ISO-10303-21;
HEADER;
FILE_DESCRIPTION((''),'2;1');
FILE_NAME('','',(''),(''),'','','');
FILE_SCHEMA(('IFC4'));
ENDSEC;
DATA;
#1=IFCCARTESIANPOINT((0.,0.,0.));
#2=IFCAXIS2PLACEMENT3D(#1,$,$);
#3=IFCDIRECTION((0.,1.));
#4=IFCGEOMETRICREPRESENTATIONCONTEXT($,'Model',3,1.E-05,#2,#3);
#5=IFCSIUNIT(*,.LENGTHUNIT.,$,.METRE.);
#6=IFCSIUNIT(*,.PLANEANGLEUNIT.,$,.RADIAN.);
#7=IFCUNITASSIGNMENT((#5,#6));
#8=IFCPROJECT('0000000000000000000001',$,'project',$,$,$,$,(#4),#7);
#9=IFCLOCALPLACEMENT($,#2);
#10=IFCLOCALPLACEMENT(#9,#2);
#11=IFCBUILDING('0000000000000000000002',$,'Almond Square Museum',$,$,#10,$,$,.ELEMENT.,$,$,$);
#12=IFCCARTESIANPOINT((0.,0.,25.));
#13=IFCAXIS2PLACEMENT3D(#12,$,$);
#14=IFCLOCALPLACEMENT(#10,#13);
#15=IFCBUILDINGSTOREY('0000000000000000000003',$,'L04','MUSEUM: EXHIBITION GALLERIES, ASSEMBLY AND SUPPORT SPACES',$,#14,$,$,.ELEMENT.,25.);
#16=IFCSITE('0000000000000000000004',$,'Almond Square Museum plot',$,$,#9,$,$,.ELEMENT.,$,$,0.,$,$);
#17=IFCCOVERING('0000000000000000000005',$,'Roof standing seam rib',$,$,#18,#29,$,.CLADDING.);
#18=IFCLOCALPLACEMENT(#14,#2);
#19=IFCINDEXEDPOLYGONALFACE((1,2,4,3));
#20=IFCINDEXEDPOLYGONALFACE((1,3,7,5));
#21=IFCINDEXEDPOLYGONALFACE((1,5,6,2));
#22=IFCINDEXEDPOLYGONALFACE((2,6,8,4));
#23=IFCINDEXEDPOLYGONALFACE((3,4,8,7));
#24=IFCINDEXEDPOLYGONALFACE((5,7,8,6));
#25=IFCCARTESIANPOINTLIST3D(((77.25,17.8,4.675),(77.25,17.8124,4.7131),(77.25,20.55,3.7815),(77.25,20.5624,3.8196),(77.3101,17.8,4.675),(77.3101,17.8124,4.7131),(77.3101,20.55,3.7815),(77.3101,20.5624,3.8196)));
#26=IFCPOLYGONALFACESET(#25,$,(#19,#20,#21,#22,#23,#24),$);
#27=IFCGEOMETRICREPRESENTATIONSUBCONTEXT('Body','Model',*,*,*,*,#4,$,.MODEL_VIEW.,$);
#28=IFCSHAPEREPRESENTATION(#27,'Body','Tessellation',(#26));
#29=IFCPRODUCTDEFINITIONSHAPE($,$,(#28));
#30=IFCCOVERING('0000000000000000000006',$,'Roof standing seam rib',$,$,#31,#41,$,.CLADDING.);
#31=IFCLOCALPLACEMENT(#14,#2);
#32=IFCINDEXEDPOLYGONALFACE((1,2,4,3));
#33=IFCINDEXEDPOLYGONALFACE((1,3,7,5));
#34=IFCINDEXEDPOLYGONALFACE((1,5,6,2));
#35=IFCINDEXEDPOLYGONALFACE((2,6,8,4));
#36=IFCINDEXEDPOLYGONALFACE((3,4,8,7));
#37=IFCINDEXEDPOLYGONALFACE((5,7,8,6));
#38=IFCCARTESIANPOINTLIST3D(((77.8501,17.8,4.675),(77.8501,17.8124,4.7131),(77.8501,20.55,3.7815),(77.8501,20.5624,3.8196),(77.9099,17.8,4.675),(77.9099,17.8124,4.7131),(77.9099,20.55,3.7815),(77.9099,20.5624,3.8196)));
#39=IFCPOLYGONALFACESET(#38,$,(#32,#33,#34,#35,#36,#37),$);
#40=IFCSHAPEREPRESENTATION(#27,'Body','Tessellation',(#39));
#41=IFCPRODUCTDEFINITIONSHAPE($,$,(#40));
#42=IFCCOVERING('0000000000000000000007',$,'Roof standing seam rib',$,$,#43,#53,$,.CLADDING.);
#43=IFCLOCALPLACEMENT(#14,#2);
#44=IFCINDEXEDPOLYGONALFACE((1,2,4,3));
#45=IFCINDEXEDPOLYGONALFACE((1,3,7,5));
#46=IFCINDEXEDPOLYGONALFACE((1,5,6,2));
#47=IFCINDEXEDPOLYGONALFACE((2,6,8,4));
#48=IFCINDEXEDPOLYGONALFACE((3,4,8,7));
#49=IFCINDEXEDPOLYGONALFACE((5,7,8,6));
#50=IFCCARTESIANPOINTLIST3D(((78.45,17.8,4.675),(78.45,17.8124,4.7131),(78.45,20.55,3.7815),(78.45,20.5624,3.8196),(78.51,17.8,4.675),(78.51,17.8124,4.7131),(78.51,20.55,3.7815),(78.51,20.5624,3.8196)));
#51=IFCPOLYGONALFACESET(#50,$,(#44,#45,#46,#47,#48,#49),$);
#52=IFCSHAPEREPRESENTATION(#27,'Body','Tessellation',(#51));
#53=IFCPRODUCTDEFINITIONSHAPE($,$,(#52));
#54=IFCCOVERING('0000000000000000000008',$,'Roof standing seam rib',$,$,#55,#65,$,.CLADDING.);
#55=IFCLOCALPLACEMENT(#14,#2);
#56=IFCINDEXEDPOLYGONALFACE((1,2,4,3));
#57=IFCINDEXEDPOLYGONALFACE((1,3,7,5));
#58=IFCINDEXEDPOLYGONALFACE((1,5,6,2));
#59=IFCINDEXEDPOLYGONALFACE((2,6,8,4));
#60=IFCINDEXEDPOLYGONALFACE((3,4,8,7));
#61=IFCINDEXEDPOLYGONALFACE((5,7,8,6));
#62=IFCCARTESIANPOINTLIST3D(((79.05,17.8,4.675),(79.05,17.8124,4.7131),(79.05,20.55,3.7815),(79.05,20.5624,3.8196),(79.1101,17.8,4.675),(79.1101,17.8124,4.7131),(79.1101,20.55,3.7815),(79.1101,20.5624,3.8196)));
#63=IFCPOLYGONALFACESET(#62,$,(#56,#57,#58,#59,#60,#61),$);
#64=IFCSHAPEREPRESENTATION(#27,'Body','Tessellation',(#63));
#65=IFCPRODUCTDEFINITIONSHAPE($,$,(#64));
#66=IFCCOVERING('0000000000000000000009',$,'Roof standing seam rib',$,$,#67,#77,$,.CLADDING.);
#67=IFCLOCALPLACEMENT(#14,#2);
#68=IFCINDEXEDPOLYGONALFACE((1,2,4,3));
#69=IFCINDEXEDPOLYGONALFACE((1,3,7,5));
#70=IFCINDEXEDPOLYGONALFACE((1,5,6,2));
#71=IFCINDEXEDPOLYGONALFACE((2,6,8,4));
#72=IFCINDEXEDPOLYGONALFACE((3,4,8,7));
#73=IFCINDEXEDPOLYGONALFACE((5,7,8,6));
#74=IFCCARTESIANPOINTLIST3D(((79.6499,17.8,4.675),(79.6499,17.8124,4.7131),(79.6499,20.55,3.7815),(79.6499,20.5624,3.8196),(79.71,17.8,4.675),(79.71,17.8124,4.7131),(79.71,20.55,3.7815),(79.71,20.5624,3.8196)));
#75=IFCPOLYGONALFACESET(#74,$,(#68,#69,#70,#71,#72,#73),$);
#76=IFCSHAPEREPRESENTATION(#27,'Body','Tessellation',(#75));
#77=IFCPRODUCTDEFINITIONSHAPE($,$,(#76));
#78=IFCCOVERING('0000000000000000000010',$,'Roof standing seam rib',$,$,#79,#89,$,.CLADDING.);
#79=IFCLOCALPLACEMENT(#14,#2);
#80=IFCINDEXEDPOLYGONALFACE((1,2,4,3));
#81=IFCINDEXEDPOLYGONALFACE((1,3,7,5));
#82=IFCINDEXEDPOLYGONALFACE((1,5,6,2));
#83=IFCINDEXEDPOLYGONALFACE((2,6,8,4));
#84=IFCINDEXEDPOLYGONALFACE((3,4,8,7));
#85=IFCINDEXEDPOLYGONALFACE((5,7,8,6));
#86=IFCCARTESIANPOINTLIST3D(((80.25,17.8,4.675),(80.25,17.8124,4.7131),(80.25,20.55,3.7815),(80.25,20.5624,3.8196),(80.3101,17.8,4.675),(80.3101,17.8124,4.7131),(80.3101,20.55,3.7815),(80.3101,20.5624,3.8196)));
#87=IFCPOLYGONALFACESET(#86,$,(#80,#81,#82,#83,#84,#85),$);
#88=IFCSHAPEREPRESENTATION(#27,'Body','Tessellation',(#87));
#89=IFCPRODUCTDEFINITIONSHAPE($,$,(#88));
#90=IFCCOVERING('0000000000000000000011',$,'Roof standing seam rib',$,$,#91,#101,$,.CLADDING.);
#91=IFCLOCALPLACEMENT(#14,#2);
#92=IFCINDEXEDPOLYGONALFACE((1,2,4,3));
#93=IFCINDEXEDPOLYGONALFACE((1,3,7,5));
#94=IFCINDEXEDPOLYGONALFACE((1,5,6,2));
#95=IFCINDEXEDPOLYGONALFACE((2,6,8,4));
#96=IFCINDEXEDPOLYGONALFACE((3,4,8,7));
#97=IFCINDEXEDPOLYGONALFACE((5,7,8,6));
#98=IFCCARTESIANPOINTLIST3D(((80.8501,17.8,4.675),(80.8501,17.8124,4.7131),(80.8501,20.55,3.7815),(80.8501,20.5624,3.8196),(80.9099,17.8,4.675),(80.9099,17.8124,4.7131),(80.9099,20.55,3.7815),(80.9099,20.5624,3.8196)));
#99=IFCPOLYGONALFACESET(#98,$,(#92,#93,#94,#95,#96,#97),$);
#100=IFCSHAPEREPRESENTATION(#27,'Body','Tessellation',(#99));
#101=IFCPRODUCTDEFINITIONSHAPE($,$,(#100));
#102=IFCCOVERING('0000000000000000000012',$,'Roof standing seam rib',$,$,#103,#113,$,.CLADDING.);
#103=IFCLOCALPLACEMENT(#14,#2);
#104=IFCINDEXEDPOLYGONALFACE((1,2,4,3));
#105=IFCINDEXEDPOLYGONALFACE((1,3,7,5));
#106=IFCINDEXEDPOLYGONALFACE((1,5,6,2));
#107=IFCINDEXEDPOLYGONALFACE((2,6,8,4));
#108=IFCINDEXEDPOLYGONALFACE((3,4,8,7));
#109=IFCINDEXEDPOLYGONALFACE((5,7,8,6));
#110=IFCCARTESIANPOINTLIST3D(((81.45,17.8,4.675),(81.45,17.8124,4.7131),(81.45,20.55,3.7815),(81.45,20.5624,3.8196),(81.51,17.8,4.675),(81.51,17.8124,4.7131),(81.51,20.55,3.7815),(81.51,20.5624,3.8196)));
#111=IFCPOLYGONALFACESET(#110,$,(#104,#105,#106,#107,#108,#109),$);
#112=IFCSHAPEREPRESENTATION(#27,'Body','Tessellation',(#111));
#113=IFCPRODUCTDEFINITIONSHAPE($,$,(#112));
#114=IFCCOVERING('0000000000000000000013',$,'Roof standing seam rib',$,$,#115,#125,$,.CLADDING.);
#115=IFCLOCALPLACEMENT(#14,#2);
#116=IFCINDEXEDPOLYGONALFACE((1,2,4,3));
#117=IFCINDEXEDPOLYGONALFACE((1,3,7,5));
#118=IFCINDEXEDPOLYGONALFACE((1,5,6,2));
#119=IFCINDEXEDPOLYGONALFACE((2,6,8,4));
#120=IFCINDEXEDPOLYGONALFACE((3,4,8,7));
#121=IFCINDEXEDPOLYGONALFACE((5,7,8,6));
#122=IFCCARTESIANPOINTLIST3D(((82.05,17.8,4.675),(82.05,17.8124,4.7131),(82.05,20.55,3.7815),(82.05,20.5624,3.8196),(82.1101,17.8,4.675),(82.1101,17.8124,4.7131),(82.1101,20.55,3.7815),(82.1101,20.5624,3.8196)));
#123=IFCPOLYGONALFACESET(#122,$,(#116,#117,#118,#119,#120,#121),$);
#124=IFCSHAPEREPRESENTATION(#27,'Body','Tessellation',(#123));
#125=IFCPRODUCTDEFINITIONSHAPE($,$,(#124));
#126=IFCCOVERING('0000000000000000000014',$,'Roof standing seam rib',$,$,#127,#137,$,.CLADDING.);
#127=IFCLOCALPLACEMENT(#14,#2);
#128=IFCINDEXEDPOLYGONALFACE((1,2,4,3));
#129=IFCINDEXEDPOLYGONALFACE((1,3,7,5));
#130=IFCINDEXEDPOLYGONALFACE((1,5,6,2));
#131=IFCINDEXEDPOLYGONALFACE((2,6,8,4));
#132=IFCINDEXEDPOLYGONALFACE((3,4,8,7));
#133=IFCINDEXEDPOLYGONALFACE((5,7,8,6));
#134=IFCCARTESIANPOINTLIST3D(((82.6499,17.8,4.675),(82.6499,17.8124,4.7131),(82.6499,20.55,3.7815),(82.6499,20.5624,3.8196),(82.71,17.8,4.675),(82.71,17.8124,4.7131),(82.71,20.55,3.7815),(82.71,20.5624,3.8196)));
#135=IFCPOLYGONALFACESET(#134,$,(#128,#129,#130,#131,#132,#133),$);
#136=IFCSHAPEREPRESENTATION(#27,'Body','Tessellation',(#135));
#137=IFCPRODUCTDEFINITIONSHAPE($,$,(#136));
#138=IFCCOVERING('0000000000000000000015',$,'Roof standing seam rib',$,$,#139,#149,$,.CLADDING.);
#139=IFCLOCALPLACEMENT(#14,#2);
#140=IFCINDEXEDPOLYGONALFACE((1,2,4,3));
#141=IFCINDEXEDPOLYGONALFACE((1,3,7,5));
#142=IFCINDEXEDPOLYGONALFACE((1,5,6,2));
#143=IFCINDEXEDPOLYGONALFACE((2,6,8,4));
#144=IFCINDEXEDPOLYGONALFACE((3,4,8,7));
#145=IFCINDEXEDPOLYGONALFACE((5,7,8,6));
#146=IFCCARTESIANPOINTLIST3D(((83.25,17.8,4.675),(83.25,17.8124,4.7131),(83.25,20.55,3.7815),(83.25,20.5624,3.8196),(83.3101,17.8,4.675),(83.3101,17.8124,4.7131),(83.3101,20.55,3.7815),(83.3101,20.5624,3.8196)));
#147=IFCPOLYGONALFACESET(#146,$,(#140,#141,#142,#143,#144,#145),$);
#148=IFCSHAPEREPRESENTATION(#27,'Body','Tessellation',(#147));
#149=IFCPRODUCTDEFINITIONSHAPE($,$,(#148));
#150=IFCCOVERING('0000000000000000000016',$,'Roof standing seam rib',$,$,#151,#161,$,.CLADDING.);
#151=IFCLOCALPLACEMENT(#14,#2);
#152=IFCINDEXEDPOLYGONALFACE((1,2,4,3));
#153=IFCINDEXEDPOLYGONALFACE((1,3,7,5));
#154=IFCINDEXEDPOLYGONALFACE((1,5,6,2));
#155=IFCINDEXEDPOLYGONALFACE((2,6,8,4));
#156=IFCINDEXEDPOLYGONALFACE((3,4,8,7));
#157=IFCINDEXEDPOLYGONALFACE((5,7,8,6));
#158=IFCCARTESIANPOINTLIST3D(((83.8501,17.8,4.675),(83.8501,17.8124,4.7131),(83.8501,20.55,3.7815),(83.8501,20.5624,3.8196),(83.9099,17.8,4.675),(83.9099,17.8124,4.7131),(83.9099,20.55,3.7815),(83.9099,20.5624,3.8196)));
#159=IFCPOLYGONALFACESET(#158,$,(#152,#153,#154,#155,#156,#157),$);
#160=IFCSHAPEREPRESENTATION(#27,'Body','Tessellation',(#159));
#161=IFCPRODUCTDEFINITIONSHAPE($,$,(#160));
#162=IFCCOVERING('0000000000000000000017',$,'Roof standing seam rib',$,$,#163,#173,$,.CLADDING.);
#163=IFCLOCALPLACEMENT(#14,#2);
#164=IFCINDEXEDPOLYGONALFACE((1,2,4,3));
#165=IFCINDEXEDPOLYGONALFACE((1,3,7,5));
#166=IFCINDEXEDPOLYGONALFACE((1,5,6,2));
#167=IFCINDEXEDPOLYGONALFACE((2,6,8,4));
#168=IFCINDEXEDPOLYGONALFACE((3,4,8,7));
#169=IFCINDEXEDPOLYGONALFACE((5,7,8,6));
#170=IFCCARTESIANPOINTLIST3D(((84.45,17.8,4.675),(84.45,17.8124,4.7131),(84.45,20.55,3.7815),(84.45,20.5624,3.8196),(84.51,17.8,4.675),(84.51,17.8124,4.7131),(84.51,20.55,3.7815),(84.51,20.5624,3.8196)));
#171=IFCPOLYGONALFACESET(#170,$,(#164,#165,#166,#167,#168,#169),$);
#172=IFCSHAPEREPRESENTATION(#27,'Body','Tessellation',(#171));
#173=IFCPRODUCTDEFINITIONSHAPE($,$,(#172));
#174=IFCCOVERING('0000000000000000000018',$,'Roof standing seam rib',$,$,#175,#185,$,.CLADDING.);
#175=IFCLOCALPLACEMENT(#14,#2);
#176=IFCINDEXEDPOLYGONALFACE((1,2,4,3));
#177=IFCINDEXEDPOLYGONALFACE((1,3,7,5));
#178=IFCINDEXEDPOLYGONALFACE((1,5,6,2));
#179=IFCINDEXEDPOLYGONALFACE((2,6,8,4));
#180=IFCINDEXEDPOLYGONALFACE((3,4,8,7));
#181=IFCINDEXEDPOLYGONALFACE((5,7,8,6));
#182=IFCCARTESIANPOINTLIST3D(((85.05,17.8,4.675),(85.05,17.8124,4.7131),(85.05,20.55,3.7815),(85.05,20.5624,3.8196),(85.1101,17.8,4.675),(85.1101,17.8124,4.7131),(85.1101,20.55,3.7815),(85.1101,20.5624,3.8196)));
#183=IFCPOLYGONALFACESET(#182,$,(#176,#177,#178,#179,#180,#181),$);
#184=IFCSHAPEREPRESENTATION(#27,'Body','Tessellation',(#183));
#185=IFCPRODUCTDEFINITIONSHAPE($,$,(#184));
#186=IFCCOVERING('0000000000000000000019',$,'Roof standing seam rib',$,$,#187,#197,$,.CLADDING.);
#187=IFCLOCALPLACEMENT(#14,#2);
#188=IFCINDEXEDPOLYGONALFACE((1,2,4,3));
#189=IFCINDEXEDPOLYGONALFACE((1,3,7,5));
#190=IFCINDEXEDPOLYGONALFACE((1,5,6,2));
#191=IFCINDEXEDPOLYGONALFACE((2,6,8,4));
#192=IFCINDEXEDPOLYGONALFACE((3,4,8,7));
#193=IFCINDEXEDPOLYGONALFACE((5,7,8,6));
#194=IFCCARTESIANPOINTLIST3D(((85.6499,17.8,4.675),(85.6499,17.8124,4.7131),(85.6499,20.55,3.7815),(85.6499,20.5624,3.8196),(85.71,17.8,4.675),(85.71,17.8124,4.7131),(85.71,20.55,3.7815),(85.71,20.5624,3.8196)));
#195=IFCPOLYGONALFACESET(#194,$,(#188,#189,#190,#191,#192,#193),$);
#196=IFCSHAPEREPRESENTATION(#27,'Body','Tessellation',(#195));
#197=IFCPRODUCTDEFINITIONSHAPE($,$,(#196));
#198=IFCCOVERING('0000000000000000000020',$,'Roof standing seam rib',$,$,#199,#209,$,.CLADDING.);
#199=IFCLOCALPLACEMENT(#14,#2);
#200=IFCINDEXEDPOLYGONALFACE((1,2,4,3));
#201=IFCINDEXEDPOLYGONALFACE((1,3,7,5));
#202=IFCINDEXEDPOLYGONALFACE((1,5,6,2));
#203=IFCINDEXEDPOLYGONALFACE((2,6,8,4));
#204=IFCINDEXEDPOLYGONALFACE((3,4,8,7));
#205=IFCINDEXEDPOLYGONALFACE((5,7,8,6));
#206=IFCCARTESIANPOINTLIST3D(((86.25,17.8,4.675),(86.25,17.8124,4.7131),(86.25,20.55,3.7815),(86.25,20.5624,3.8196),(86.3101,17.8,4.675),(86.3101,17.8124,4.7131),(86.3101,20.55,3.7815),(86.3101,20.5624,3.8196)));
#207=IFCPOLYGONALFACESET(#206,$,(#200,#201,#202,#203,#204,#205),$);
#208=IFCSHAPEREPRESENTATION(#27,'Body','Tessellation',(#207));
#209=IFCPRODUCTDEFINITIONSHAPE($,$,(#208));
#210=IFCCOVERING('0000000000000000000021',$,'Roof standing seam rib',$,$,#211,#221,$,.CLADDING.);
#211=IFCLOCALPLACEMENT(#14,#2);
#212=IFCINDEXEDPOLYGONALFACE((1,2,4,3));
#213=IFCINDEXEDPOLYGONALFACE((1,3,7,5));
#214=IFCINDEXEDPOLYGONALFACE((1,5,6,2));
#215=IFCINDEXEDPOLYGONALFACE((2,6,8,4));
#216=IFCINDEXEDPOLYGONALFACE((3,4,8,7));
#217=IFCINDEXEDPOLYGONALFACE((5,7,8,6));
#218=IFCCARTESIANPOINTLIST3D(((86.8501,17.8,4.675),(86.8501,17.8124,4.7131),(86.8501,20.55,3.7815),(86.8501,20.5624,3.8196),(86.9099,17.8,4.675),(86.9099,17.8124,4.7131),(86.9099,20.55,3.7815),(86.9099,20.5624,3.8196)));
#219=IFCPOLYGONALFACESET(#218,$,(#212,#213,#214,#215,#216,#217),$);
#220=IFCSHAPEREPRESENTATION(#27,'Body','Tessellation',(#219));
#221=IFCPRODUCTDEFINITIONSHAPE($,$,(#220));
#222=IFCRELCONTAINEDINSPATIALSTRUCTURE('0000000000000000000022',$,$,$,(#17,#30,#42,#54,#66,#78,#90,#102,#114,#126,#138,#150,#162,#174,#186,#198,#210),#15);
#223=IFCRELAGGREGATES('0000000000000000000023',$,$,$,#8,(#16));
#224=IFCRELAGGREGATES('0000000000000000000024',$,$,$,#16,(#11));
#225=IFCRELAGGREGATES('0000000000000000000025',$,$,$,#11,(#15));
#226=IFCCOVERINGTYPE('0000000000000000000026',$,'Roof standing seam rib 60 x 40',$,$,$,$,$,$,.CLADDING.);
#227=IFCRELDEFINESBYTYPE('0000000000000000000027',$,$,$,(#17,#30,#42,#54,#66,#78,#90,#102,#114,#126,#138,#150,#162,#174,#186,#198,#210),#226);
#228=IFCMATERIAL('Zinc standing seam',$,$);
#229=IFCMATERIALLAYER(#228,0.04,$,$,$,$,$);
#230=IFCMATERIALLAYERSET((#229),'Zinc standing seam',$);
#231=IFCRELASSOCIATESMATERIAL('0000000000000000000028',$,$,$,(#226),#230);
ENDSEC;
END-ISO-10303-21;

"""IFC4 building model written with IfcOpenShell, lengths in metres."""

from ifc_helpers import new_model, si_unit, direction, frame, origin, place, context, subcontext, project, spatial, polyline, outline, extrude, material, layer, layer_set, type_object, element, save


model = new_model("IFC4")

# Units and contexts
model_context = context("Model", 3, precision=1e-05, world=origin(), true_north=direction((0.0, 1.0)))
body_context = subcontext(model_context, "Body", "Model", "MODEL_VIEW")
ifc_project = project(units=[si_unit("LENGTHUNIT", "METRE"), si_unit("PLANEANGLEUNIT", "RADIAN")], contexts=[model_context])

# Site, building, storey
site_placement = place(None, origin())
site = spatial("IfcSite", under=ifc_project, at=site_placement, Name="Almond Square Museum plot", CompositionType="ELEMENT", RefElevation=0.0)
building_placement = place(site_placement, origin())
building = spatial("IfcBuilding", under=site, at=building_placement, Name="Almond Square Museum", CompositionType="ELEMENT")
storey_placement = place(building_placement, frame((0.0, 0.0, 25.0)))
storey = spatial("IfcBuildingStorey", under=building, at=storey_placement, Name="L04", Description="MUSEUM: EXHIBITION GALLERIES, ASSEMBLY AND SUPPORT SPACES", CompositionType="ELEMENT", Elevation=25.0)

# Coverings
ifc_material_1 = material(Name="Zinc standing seam")
ifc_layer_1 = layer(ifc_material_1, 0.04)
ifc_layer_set_1 = layer_set([ifc_layer_1], Name="Zinc standing seam")
covering_type = type_object("IfcCoveringType", Name="Roof standing seam rib 60 x 40", PredefinedType="CLADDING", material=ifc_layer_set_1)
for number, where, z_axis, x_axis, name in (
    (1, (77.25, 17.8, 4.675), (0.0, 0.309025, 0.951054), (1.0, 0.0, 0.0), "Roof standing seam rib"),
):
    element("IfcCovering", number, at=place(storey_placement, frame(where, z_axis=z_axis, x_axis=x_axis)), inside=storey, type_object=covering_type, Name=name, PredefinedType="CLADDING", context=body_context, shape_type="SweptSolid", body=[
        extrude(outline(polyline([(0.0, 0.0), (0.0601, 0.0), (0.0601, 2.8915), (0.0, 2.8915), (0.0, 0.0)])), origin(), (0.0, 0.0, 1.0), 0.04),
    ])
covering_1_placement = place(storey_placement, frame((77.8501, 17.8, 4.675), z_axis=(0.0, 0.309025, 0.951054), x_axis=(1.0, 0.0, 0.0)))
element("IfcCovering", 2, at=covering_1_placement, inside=storey, type_object=covering_type, Name="Roof standing seam rib", PredefinedType="CLADDING", context=body_context, shape_type="SweptSolid", body=[
    extrude(outline(polyline([(0.0, 0.0), (0.0598, 0.0), (0.0598, 2.8915), (0.0, 2.8915), (0.0, 0.0)])), origin(), (0.0, 0.0, 1.0), 0.04),
])
for number, where, z_axis, x_axis, name in (
    (3, (78.45, 17.8, 4.675), (0.0, 0.309025, 0.951054), (1.0, 0.0, 0.0), "Roof standing seam rib"),
    (4, (79.05, 17.8, 4.675), (0.0, 0.309025, 0.951054), (1.0, 0.0, 0.0), "Roof standing seam rib"),
    (5, (79.6499, 17.8, 4.675), (0.0, 0.309025, 0.951054), (1.0, 0.0, 0.0), "Roof standing seam rib"),
    (6, (80.25, 17.8, 4.675), (0.0, 0.309025, 0.951054), (1.0, 0.0, 0.0), "Roof standing seam rib"),
):
    element("IfcCovering", number, at=place(storey_placement, frame(where, z_axis=z_axis, x_axis=x_axis)), inside=storey, type_object=covering_type, Name=name, PredefinedType="CLADDING", context=body_context, shape_type="SweptSolid", body=[
        extrude(outline(polyline([(0.0, 0.0), (0.0601, 0.0), (0.0601, 2.8915), (0.0, 2.8915), (0.0, 0.0)])), origin(), (0.0, 0.0, 1.0), 0.04),
    ])
covering_2_placement = place(storey_placement, frame((80.8501, 17.8, 4.675), z_axis=(0.0, 0.309025, 0.951054), x_axis=(1.0, 0.0, 0.0)))
element("IfcCovering", 7, at=covering_2_placement, inside=storey, type_object=covering_type, Name="Roof standing seam rib", PredefinedType="CLADDING", context=body_context, shape_type="SweptSolid", body=[
    extrude(outline(polyline([(0.0, 0.0), (0.0598, 0.0), (0.0598, 2.8915), (0.0, 2.8915), (0.0, 0.0)])), origin(), (0.0, 0.0, 1.0), 0.04),
])
for number, where, z_axis, x_axis, name in (
    (8, (81.45, 17.8, 4.675), (0.0, 0.309025, 0.951054), (1.0, 0.0, 0.0), "Roof standing seam rib"),
    (9, (82.05, 17.8, 4.675), (0.0, 0.309025, 0.951054), (1.0, 0.0, 0.0), "Roof standing seam rib"),
    (10, (82.6499, 17.8, 4.675), (0.0, 0.309025, 0.951054), (1.0, 0.0, 0.0), "Roof standing seam rib"),
    (11, (83.25, 17.8, 4.675), (0.0, 0.309025, 0.951054), (1.0, 0.0, 0.0), "Roof standing seam rib"),
):
    element("IfcCovering", number, at=place(storey_placement, frame(where, z_axis=z_axis, x_axis=x_axis)), inside=storey, type_object=covering_type, Name=name, PredefinedType="CLADDING", context=body_context, shape_type="SweptSolid", body=[
        extrude(outline(polyline([(0.0, 0.0), (0.0601, 0.0), (0.0601, 2.8915), (0.0, 2.8915), (0.0, 0.0)])), origin(), (0.0, 0.0, 1.0), 0.04),
    ])
covering_3_placement = place(storey_placement, frame((83.8501, 17.8, 4.675), z_axis=(0.0, 0.309025, 0.951054), x_axis=(1.0, 0.0, 0.0)))
element("IfcCovering", 12, at=covering_3_placement, inside=storey, type_object=covering_type, Name="Roof standing seam rib", PredefinedType="CLADDING", context=body_context, shape_type="SweptSolid", body=[
    extrude(outline(polyline([(0.0, 0.0), (0.0598, 0.0), (0.0598, 2.8915), (0.0, 2.8915), (0.0, 0.0)])), origin(), (0.0, 0.0, 1.0), 0.04),
])
for number, where, z_axis, x_axis, name in (
    (13, (84.45, 17.8, 4.675), (0.0, 0.309025, 0.951054), (1.0, 0.0, 0.0), "Roof standing seam rib"),
    (14, (85.05, 17.8, 4.675), (0.0, 0.309025, 0.951054), (1.0, 0.0, 0.0), "Roof standing seam rib"),
    (15, (85.6499, 17.8, 4.675), (0.0, 0.309025, 0.951054), (1.0, 0.0, 0.0), "Roof standing seam rib"),
    (16, (86.25, 17.8, 4.675), (0.0, 0.309025, 0.951054), (1.0, 0.0, 0.0), "Roof standing seam rib"),
):
    element("IfcCovering", number, at=place(storey_placement, frame(where, z_axis=z_axis, x_axis=x_axis)), inside=storey, type_object=covering_type, Name=name, PredefinedType="CLADDING", context=body_context, shape_type="SweptSolid", body=[
        extrude(outline(polyline([(0.0, 0.0), (0.0601, 0.0), (0.0601, 2.8915), (0.0, 2.8915), (0.0, 0.0)])), origin(), (0.0, 0.0, 1.0), 0.04),
    ])
covering_4_placement = place(storey_placement, frame((86.8501, 17.8, 4.675), z_axis=(0.0, 0.309025, 0.951054), x_axis=(1.0, 0.0, 0.0)))
element("IfcCovering", 17, at=covering_4_placement, inside=storey, type_object=covering_type, Name="Roof standing seam rib", PredefinedType="CLADDING", context=body_context, shape_type="SweptSolid", body=[
    extrude(outline(polyline([(0.0, 0.0), (0.0598, 0.0), (0.0598, 2.8915), (0.0, 2.8915), (0.0, 0.0)])), origin(), (0.0, 0.0, 1.0), 0.04),
])

save(model, "model.ifc")
